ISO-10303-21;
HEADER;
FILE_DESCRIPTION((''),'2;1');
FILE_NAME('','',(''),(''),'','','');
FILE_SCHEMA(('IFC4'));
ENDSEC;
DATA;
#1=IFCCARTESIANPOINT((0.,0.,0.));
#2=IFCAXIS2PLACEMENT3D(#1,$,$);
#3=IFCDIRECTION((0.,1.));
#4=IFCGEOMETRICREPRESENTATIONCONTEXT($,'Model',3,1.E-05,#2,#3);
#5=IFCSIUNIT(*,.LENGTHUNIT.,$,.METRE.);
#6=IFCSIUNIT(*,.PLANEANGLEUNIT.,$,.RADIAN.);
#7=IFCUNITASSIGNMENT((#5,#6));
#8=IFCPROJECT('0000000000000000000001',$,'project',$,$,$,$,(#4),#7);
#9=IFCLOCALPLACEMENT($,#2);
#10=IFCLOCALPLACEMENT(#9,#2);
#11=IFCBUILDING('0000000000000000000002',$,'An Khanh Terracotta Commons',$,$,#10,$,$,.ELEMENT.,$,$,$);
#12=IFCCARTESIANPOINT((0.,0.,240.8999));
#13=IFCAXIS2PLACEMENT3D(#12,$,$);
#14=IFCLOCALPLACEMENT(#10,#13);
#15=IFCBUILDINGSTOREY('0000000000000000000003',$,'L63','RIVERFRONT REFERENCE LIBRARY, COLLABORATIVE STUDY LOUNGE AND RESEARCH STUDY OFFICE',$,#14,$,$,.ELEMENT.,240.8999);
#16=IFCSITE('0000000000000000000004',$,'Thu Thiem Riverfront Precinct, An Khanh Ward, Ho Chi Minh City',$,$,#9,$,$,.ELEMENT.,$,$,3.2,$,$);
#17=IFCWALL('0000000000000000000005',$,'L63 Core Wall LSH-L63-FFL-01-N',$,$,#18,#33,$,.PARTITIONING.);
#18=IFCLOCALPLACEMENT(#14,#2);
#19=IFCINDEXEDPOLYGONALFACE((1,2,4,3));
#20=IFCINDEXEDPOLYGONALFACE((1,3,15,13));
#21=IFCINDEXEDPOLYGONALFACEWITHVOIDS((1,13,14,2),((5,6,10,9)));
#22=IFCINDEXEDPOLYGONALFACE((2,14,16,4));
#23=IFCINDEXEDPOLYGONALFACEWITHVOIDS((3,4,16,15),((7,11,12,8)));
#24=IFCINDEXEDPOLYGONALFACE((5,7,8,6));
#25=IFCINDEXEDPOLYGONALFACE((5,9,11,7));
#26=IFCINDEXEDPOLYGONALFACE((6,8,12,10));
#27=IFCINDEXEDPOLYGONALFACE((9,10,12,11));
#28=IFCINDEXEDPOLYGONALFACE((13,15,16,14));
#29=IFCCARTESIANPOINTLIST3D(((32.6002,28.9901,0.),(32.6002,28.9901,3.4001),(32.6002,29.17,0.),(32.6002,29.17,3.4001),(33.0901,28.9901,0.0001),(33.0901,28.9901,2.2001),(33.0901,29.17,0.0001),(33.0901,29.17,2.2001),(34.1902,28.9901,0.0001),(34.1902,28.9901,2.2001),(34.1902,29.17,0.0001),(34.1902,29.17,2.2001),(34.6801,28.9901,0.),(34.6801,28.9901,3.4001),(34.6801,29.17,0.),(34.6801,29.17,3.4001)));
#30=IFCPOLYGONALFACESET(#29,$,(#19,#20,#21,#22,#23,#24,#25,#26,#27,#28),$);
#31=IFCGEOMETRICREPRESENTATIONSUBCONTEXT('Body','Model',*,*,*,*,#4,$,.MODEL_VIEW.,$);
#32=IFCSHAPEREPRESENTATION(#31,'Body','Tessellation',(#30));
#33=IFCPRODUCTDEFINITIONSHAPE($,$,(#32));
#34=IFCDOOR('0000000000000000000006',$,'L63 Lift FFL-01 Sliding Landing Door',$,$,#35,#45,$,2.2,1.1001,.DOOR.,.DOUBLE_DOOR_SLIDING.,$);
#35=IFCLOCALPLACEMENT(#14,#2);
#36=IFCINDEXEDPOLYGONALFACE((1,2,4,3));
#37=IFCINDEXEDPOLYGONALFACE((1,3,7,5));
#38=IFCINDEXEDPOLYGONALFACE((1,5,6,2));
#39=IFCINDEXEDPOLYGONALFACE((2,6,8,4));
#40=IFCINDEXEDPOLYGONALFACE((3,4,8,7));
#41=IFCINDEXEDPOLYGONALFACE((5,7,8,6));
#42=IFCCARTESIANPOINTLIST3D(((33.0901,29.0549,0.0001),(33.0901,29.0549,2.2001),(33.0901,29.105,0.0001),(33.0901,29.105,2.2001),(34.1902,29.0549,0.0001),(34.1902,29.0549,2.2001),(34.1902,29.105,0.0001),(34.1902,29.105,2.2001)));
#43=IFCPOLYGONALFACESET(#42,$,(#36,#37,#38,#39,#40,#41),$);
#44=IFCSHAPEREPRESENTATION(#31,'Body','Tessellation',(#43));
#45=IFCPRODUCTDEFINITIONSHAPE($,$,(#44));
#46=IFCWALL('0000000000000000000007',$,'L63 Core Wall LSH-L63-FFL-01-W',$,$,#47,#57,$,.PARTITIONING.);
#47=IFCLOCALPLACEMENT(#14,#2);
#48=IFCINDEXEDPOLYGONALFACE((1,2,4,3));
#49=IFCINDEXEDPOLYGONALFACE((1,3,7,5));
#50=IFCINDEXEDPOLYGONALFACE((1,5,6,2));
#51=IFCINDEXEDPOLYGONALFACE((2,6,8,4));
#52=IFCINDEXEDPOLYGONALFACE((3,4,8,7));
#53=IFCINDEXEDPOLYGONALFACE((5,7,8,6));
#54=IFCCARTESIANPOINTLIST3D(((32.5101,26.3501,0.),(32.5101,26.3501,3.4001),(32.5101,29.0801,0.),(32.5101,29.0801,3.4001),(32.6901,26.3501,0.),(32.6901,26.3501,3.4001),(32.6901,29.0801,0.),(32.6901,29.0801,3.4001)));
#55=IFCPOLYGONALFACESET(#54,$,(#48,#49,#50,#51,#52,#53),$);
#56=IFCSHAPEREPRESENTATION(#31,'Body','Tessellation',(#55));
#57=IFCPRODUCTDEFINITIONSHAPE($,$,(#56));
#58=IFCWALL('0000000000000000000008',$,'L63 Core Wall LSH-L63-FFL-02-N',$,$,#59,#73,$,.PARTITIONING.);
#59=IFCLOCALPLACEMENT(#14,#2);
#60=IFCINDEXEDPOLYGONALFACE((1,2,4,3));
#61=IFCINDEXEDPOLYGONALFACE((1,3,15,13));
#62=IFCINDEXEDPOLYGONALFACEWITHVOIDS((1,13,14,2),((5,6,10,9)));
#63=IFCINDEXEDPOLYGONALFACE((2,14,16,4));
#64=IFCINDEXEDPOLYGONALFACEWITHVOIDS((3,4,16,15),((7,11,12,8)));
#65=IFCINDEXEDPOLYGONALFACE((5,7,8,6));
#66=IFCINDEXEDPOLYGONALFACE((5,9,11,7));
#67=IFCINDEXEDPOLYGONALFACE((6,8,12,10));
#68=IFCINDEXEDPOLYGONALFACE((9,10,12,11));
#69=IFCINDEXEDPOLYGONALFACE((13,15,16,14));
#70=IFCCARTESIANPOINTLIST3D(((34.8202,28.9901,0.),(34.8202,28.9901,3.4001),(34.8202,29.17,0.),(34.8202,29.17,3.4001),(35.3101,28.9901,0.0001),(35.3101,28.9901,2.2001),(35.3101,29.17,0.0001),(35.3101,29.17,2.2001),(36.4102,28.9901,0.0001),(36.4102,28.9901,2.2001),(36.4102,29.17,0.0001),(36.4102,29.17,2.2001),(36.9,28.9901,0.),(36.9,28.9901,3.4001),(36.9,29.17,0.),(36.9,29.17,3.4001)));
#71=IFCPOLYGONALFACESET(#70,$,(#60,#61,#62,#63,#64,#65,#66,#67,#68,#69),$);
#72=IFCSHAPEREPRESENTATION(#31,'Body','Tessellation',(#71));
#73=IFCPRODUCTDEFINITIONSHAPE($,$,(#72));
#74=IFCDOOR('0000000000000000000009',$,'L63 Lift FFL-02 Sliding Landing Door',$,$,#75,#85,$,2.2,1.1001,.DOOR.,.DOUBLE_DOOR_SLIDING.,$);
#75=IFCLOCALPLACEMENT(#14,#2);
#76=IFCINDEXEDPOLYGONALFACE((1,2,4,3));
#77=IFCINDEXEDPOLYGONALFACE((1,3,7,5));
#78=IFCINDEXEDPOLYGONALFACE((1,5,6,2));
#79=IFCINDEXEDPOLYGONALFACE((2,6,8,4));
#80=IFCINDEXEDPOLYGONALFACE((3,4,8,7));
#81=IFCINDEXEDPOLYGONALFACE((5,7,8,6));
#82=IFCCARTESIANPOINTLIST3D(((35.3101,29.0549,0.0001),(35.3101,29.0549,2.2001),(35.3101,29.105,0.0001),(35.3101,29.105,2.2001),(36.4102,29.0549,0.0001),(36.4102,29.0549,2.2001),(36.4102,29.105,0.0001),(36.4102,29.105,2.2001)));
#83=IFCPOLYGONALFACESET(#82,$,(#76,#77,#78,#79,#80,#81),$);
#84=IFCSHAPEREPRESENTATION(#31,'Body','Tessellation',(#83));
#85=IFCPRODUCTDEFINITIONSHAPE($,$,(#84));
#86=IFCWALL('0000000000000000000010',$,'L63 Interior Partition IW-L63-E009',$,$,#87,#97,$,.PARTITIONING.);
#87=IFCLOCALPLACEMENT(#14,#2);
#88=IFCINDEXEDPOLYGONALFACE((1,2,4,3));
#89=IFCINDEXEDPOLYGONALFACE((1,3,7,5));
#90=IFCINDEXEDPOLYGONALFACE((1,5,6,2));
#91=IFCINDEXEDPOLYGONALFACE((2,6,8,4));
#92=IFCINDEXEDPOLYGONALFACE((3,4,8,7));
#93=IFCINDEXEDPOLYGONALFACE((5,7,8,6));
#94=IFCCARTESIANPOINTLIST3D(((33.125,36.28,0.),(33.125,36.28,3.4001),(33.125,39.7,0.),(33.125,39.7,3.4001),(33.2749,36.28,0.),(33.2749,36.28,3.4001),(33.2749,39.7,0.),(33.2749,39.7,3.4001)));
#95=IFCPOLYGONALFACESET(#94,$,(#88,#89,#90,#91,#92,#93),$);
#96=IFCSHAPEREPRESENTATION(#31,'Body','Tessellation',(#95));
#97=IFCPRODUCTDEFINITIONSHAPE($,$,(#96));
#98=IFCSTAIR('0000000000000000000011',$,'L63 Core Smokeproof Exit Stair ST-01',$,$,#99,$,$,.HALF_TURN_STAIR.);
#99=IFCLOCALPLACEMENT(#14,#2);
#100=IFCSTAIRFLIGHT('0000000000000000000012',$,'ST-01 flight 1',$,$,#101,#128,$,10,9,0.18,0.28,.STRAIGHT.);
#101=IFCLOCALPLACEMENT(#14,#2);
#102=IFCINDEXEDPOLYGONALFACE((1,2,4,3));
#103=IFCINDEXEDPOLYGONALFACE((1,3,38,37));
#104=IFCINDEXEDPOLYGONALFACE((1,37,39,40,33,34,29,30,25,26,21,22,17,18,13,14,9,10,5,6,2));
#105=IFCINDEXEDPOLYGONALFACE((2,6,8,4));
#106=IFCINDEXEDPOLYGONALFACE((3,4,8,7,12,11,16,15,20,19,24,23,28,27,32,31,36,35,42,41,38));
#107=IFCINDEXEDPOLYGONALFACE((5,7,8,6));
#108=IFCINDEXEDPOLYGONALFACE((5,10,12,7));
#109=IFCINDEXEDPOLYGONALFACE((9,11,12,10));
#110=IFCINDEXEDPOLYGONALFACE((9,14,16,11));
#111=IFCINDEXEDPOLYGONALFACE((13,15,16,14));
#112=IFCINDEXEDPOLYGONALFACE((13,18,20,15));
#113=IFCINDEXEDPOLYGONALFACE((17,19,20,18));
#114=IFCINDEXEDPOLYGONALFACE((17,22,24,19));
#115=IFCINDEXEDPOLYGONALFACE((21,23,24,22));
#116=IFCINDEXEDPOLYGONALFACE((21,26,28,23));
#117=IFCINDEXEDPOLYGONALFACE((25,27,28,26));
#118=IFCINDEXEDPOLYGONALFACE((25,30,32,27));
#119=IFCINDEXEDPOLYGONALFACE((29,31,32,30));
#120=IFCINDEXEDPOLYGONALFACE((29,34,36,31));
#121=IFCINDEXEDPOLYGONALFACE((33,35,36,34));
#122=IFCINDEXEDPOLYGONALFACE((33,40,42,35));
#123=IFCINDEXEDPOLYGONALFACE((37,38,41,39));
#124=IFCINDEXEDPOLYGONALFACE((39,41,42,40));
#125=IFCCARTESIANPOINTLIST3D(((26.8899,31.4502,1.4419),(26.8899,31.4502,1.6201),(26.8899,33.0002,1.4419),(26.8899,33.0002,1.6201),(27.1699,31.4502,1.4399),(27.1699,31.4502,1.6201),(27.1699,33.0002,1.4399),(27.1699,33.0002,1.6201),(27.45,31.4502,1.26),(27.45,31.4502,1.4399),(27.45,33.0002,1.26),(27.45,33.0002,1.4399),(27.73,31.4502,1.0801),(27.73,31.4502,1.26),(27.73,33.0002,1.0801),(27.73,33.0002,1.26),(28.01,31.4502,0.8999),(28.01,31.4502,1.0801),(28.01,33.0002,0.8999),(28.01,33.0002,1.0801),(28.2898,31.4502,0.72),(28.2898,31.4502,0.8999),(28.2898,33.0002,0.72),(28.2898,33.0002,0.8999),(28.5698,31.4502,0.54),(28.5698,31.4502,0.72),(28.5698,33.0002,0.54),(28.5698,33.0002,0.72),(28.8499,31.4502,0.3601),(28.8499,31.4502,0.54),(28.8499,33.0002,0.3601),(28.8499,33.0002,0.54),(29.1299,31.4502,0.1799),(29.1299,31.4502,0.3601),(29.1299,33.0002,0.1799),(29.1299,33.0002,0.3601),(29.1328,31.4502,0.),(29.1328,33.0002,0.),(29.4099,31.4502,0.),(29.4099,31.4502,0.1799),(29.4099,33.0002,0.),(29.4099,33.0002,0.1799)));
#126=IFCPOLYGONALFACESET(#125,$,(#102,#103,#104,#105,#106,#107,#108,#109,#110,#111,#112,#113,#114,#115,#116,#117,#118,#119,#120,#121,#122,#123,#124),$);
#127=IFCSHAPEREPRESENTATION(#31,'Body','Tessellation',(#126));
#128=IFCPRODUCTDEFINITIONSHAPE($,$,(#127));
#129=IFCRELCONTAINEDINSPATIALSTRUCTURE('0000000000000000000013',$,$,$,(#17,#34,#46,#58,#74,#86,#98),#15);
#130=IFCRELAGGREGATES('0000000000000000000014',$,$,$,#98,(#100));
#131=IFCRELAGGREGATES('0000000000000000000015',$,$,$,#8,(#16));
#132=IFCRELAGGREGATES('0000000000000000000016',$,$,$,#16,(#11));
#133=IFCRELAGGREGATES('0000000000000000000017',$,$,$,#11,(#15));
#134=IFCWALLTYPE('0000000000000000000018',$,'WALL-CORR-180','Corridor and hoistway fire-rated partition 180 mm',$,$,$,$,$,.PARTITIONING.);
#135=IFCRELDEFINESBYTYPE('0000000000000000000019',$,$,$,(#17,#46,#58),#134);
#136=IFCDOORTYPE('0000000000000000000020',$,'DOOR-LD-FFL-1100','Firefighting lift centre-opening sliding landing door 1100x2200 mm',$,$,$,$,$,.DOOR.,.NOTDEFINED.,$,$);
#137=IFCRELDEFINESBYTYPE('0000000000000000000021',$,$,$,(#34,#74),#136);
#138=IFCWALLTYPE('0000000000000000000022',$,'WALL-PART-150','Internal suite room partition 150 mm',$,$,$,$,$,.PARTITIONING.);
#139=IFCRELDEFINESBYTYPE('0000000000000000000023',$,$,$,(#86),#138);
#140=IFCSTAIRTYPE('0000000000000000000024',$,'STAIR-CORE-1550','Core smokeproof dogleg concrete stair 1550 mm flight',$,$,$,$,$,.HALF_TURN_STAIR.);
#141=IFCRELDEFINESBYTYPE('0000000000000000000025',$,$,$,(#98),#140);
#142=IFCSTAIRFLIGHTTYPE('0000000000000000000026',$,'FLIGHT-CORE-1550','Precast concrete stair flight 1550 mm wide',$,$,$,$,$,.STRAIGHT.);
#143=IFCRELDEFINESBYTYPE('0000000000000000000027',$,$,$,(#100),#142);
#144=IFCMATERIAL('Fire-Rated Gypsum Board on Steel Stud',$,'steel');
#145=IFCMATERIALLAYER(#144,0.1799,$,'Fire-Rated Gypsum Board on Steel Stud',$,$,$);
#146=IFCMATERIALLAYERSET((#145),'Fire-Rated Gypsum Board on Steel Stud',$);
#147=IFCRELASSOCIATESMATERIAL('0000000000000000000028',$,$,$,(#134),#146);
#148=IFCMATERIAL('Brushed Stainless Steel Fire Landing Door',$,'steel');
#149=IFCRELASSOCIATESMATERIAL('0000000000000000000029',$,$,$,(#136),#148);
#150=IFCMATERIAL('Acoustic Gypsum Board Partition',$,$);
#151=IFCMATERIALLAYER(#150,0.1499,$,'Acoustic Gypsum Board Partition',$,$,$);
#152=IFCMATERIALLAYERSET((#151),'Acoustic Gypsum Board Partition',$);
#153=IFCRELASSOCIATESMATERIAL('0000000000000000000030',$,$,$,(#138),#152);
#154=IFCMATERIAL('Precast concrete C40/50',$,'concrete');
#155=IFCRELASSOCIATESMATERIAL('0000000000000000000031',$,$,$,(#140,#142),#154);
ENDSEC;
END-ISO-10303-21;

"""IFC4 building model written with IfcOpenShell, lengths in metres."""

from ifc_helpers import new_model, si_unit, direction, frame, frame_2d, origin, place, context, subcontext, project, spatial, polyline, rectangle, outline, extrude, material, layer, layer_set, type_object, element, fill, aggregate, save


model = new_model("IFC4")

# Units and contexts
model_context = context("Model", 3, precision=1e-05, world=origin(), true_north=direction((0.0, 1.0)))
body_context = subcontext(model_context, "Body", "Model", "MODEL_VIEW")
ifc_project = project(units=[si_unit("LENGTHUNIT", "METRE"), si_unit("PLANEANGLEUNIT", "RADIAN")], contexts=[model_context])

# Site, building, storey
site_placement = place(None, origin())
site = spatial("IfcSite", under=ifc_project, at=site_placement, Name="Thu Thiem Riverfront Precinct, An Khanh Ward, Ho Chi Minh City", CompositionType="ELEMENT", RefElevation=3.2)
building_placement = place(site_placement, origin())
building = spatial("IfcBuilding", under=site, at=building_placement, Name="An Khanh Terracotta Commons", CompositionType="ELEMENT")
storey_placement = place(building_placement, frame((0.0, 0.0, 240.8999)))
storey = spatial("IfcBuildingStorey", under=building, at=storey_placement, Name="L63", Description="RIVERFRONT REFERENCE LIBRARY, COLLABORATIVE STUDY LOUNGE AND RESEARCH STUDY OFFICE", CompositionType="ELEMENT", Elevation=240.8999)

# Shared definitions
ifc_material_1 = material(Name="Fire-Rated Gypsum Board on Steel Stud", Category="steel")
ifc_layer_1 = layer(ifc_material_1, 0.1799, Name="Fire-Rated Gypsum Board on Steel Stud")
ifc_layer_set_1 = layer_set([ifc_layer_1], Name="Fire-Rated Gypsum Board on Steel Stud")
wall_type_1 = type_object("IfcWallType", Name="WALL-CORR-180", Description="Corridor and hoistway fire-rated partition 180 mm", PredefinedType="PARTITIONING", material=ifc_layer_set_1)

# Wall, opening, door
wall_1_placement = place(storey_placement, frame((32.6001, 29.0801, 0.0), z_axis=(0.0, 0.0, 1.0), x_axis=(1.0, 0.0, 0.0)))
wall_1 = element("IfcWall", 1, at=wall_1_placement, inside=storey, type_object=wall_type_1, Name="L63 Core Wall LSH-L63-FFL-01-N", PredefinedType="PARTITIONING", context=body_context, shape_type="SweptSolid", body=[
    extrude(rectangle(XDim=2.0798, YDim=0.1799, at=frame_2d((1.04, 0.0))), origin(), (0.0, 0.0, 1.0), 3.4001),
])
opening_1_placement = place(wall_1_placement, frame((0.49, 0.0, 0.0)))
opening_1 = element("IfcOpeningElement", 2, at=opening_1_placement, cuts=wall_1, PredefinedType="OPENING", context=body_context, shape_type="SweptSolid", body=[
    extrude(rectangle(XDim=1.1001, YDim=2.2, at=frame_2d((0.55, 1.1001))), frame((0.0, 0.0999, 0.0), z_axis=(0.0, -1.0, 0.0), x_axis=(1.0, 0.0, 0.0)), (0.0, 0.0, 1.0), 0.2),
])
ifc_material_2 = material(Name="Brushed Stainless Steel Fire Landing Door", Category="steel")
door_type_1 = type_object("IfcDoorType", Name="DOOR-LD-FFL-1100", Description="Firefighting lift centre-opening sliding landing door 1100x2200 mm", OperationType="NOTDEFINED", PredefinedType="DOOR", material=ifc_material_2)
door_1_placement = place(opening_1_placement, origin())
door_1 = element("IfcDoor", 3, at=door_1_placement, inside=storey, type_object=door_type_1, Name="L63 Lift FFL-01 Sliding Landing Door", OperationType="DOUBLE_DOOR_SLIDING", OverallHeight=2.2, OverallWidth=1.1001, PredefinedType="DOOR", context=body_context, shape_type="SweptSolid", body=[
    extrude(rectangle(XDim=1.1001, YDim=2.2, at=frame_2d((0.55, 1.1001))), frame((0.0, 0.0249, 0.0), z_axis=(0.0, -1.0, 0.0), x_axis=(1.0, 0.0, 0.0)), (0.0, 0.0, 1.0), 0.05),
])
fill(opening_1, door_1)

# Wall
wall_2_placement = place(storey_placement, frame((32.6001, 29.0801, 0.0), z_axis=(0.0, 0.0, 1.0), x_axis=(0.0, -1.0, 0.0)))
element("IfcWall", 4, at=wall_2_placement, inside=storey, type_object=wall_type_1, Name="L63 Core Wall LSH-L63-FFL-01-W", PredefinedType="PARTITIONING", context=body_context, shape_type="SweptSolid", body=[
    extrude(rectangle(XDim=2.73, YDim=0.1799, at=frame_2d((1.365, 0.0))), origin(), (0.0, 0.0, 1.0), 3.4001),
])

# Wall, opening, door
wall_3_placement = place(storey_placement, frame((34.8201, 29.0801, 0.0), z_axis=(0.0, 0.0, 1.0), x_axis=(1.0, 0.0, 0.0)))
wall_3 = element("IfcWall", 5, at=wall_3_placement, inside=storey, type_object=wall_type_1, Name="L63 Core Wall LSH-L63-FFL-02-N", PredefinedType="PARTITIONING", context=body_context, shape_type="SweptSolid", body=[
    extrude(rectangle(XDim=2.0798, YDim=0.1799, at=frame_2d((1.04, 0.0))), origin(), (0.0, 0.0, 1.0), 3.4001),
])
opening_2_placement = place(wall_3_placement, frame((0.49, 0.0, 0.0)))
opening_2 = element("IfcOpeningElement", 6, at=opening_2_placement, cuts=wall_3, PredefinedType="OPENING", context=body_context, shape_type="SweptSolid", body=[
    extrude(rectangle(XDim=1.1001, YDim=2.2, at=frame_2d((0.55, 1.1001))), frame((0.0, 0.0999, 0.0), z_axis=(0.0, -1.0, 0.0), x_axis=(1.0, 0.0, 0.0)), (0.0, 0.0, 1.0), 0.2),
])
door_2_placement = place(opening_2_placement, origin())
door_2 = element("IfcDoor", 7, at=door_2_placement, inside=storey, type_object=door_type_1, Name="L63 Lift FFL-02 Sliding Landing Door", OperationType="DOUBLE_DOOR_SLIDING", OverallHeight=2.2, OverallWidth=1.1001, PredefinedType="DOOR", context=body_context, shape_type="SweptSolid", body=[
    extrude(rectangle(XDim=1.1001, YDim=2.2, at=frame_2d((0.55, 1.1001))), frame((0.0, 0.0249, 0.0), z_axis=(0.0, -1.0, 0.0), x_axis=(1.0, 0.0, 0.0)), (0.0, 0.0, 1.0), 0.05),
])
fill(opening_2, door_2)

# Wall
ifc_material_3 = material(Name="Acoustic Gypsum Board Partition")
ifc_layer_2 = layer(ifc_material_3, 0.1499, Name="Acoustic Gypsum Board Partition")
ifc_layer_set_2 = layer_set([ifc_layer_2], Name="Acoustic Gypsum Board Partition")
wall_type_2 = type_object("IfcWallType", Name="WALL-PART-150", Description="Internal suite room partition 150 mm", PredefinedType="PARTITIONING", material=ifc_layer_set_2)
wall_4_placement = place(storey_placement, frame((33.2, 36.28, 0.0), z_axis=(0.0, 0.0, 1.0), x_axis=(0.0, 1.0, 0.0)))
element("IfcWall", 8, at=wall_4_placement, inside=storey, type_object=wall_type_2, Name="L63 Interior Partition IW-L63-E009", PredefinedType="PARTITIONING", context=body_context, shape_type="SweptSolid", body=[
    extrude(rectangle(XDim=3.4199, YDim=0.1499, at=frame_2d((1.71, 0.0))), origin(), (0.0, 0.0, 1.0), 3.4001),
])

# Stair, stair flight
ifc_material_4 = material(Name="Precast concrete C40/50", Category="concrete")
stair_type = type_object("IfcStairType", Name="STAIR-CORE-1550", Description="Core smokeproof dogleg concrete stair 1550 mm flight", PredefinedType="HALF_TURN_STAIR", material=ifc_material_4)
stair_placement = place(storey_placement, origin())
stair = element("IfcStair", 9, at=stair_placement, inside=storey, type_object=stair_type, Name="L63 Core Smokeproof Exit Stair ST-01", PredefinedType="HALF_TURN_STAIR")
stair_flight_type = type_object("IfcStairFlightType", Name="FLIGHT-CORE-1550", Description="Precast concrete stair flight 1550 mm wide", PredefinedType="STRAIGHT", material=ifc_material_4)
stair_flight_placement = place(storey_placement, frame((29.4099, 32.2251, 0.0), z_axis=(0.0, 0.0, 1.0), x_axis=(-1.0, 0.0, 0.0)))
stair_flight = element("IfcStairFlight", 10, at=stair_flight_placement, type_object=stair_flight_type, Name="ST-01 flight 1", NumberOfRisers=10, NumberOfTreads=9, PredefinedType="STRAIGHT", RiserHeight=0.18, TreadLength=0.28, context=body_context, shape_type="SweptSolid", body=[
    extrude(outline(polyline([(0.0, 0.0), (0.0, 0.1799), (0.28, 0.1799), (0.28, 0.3601), (0.5601, 0.3601), (0.5601, 0.54), (0.8401, 0.54), (0.8401, 0.72), (1.1201, 0.72), (1.1201, 0.8999), (1.3999, 0.8999), (1.3999, 1.0801), (1.6799, 1.0801), (1.6799, 1.26), (1.96, 1.26), (1.96, 1.4399), (2.24, 1.4399), (2.24, 1.6201), (2.52, 1.6201), (2.52, 1.8), (2.52, 1.4419), (0.2771, 0.0), (0.0, 0.0)])), frame((0.0, 0.7749, 0.0), z_axis=(0.0, -1.0, 0.0), x_axis=(1.0, 0.0, 0.0)), (0.0, 0.0, 1.0), 1.55),
])
aggregate(stair, [stair_flight])

save(model, "model.ifc")
